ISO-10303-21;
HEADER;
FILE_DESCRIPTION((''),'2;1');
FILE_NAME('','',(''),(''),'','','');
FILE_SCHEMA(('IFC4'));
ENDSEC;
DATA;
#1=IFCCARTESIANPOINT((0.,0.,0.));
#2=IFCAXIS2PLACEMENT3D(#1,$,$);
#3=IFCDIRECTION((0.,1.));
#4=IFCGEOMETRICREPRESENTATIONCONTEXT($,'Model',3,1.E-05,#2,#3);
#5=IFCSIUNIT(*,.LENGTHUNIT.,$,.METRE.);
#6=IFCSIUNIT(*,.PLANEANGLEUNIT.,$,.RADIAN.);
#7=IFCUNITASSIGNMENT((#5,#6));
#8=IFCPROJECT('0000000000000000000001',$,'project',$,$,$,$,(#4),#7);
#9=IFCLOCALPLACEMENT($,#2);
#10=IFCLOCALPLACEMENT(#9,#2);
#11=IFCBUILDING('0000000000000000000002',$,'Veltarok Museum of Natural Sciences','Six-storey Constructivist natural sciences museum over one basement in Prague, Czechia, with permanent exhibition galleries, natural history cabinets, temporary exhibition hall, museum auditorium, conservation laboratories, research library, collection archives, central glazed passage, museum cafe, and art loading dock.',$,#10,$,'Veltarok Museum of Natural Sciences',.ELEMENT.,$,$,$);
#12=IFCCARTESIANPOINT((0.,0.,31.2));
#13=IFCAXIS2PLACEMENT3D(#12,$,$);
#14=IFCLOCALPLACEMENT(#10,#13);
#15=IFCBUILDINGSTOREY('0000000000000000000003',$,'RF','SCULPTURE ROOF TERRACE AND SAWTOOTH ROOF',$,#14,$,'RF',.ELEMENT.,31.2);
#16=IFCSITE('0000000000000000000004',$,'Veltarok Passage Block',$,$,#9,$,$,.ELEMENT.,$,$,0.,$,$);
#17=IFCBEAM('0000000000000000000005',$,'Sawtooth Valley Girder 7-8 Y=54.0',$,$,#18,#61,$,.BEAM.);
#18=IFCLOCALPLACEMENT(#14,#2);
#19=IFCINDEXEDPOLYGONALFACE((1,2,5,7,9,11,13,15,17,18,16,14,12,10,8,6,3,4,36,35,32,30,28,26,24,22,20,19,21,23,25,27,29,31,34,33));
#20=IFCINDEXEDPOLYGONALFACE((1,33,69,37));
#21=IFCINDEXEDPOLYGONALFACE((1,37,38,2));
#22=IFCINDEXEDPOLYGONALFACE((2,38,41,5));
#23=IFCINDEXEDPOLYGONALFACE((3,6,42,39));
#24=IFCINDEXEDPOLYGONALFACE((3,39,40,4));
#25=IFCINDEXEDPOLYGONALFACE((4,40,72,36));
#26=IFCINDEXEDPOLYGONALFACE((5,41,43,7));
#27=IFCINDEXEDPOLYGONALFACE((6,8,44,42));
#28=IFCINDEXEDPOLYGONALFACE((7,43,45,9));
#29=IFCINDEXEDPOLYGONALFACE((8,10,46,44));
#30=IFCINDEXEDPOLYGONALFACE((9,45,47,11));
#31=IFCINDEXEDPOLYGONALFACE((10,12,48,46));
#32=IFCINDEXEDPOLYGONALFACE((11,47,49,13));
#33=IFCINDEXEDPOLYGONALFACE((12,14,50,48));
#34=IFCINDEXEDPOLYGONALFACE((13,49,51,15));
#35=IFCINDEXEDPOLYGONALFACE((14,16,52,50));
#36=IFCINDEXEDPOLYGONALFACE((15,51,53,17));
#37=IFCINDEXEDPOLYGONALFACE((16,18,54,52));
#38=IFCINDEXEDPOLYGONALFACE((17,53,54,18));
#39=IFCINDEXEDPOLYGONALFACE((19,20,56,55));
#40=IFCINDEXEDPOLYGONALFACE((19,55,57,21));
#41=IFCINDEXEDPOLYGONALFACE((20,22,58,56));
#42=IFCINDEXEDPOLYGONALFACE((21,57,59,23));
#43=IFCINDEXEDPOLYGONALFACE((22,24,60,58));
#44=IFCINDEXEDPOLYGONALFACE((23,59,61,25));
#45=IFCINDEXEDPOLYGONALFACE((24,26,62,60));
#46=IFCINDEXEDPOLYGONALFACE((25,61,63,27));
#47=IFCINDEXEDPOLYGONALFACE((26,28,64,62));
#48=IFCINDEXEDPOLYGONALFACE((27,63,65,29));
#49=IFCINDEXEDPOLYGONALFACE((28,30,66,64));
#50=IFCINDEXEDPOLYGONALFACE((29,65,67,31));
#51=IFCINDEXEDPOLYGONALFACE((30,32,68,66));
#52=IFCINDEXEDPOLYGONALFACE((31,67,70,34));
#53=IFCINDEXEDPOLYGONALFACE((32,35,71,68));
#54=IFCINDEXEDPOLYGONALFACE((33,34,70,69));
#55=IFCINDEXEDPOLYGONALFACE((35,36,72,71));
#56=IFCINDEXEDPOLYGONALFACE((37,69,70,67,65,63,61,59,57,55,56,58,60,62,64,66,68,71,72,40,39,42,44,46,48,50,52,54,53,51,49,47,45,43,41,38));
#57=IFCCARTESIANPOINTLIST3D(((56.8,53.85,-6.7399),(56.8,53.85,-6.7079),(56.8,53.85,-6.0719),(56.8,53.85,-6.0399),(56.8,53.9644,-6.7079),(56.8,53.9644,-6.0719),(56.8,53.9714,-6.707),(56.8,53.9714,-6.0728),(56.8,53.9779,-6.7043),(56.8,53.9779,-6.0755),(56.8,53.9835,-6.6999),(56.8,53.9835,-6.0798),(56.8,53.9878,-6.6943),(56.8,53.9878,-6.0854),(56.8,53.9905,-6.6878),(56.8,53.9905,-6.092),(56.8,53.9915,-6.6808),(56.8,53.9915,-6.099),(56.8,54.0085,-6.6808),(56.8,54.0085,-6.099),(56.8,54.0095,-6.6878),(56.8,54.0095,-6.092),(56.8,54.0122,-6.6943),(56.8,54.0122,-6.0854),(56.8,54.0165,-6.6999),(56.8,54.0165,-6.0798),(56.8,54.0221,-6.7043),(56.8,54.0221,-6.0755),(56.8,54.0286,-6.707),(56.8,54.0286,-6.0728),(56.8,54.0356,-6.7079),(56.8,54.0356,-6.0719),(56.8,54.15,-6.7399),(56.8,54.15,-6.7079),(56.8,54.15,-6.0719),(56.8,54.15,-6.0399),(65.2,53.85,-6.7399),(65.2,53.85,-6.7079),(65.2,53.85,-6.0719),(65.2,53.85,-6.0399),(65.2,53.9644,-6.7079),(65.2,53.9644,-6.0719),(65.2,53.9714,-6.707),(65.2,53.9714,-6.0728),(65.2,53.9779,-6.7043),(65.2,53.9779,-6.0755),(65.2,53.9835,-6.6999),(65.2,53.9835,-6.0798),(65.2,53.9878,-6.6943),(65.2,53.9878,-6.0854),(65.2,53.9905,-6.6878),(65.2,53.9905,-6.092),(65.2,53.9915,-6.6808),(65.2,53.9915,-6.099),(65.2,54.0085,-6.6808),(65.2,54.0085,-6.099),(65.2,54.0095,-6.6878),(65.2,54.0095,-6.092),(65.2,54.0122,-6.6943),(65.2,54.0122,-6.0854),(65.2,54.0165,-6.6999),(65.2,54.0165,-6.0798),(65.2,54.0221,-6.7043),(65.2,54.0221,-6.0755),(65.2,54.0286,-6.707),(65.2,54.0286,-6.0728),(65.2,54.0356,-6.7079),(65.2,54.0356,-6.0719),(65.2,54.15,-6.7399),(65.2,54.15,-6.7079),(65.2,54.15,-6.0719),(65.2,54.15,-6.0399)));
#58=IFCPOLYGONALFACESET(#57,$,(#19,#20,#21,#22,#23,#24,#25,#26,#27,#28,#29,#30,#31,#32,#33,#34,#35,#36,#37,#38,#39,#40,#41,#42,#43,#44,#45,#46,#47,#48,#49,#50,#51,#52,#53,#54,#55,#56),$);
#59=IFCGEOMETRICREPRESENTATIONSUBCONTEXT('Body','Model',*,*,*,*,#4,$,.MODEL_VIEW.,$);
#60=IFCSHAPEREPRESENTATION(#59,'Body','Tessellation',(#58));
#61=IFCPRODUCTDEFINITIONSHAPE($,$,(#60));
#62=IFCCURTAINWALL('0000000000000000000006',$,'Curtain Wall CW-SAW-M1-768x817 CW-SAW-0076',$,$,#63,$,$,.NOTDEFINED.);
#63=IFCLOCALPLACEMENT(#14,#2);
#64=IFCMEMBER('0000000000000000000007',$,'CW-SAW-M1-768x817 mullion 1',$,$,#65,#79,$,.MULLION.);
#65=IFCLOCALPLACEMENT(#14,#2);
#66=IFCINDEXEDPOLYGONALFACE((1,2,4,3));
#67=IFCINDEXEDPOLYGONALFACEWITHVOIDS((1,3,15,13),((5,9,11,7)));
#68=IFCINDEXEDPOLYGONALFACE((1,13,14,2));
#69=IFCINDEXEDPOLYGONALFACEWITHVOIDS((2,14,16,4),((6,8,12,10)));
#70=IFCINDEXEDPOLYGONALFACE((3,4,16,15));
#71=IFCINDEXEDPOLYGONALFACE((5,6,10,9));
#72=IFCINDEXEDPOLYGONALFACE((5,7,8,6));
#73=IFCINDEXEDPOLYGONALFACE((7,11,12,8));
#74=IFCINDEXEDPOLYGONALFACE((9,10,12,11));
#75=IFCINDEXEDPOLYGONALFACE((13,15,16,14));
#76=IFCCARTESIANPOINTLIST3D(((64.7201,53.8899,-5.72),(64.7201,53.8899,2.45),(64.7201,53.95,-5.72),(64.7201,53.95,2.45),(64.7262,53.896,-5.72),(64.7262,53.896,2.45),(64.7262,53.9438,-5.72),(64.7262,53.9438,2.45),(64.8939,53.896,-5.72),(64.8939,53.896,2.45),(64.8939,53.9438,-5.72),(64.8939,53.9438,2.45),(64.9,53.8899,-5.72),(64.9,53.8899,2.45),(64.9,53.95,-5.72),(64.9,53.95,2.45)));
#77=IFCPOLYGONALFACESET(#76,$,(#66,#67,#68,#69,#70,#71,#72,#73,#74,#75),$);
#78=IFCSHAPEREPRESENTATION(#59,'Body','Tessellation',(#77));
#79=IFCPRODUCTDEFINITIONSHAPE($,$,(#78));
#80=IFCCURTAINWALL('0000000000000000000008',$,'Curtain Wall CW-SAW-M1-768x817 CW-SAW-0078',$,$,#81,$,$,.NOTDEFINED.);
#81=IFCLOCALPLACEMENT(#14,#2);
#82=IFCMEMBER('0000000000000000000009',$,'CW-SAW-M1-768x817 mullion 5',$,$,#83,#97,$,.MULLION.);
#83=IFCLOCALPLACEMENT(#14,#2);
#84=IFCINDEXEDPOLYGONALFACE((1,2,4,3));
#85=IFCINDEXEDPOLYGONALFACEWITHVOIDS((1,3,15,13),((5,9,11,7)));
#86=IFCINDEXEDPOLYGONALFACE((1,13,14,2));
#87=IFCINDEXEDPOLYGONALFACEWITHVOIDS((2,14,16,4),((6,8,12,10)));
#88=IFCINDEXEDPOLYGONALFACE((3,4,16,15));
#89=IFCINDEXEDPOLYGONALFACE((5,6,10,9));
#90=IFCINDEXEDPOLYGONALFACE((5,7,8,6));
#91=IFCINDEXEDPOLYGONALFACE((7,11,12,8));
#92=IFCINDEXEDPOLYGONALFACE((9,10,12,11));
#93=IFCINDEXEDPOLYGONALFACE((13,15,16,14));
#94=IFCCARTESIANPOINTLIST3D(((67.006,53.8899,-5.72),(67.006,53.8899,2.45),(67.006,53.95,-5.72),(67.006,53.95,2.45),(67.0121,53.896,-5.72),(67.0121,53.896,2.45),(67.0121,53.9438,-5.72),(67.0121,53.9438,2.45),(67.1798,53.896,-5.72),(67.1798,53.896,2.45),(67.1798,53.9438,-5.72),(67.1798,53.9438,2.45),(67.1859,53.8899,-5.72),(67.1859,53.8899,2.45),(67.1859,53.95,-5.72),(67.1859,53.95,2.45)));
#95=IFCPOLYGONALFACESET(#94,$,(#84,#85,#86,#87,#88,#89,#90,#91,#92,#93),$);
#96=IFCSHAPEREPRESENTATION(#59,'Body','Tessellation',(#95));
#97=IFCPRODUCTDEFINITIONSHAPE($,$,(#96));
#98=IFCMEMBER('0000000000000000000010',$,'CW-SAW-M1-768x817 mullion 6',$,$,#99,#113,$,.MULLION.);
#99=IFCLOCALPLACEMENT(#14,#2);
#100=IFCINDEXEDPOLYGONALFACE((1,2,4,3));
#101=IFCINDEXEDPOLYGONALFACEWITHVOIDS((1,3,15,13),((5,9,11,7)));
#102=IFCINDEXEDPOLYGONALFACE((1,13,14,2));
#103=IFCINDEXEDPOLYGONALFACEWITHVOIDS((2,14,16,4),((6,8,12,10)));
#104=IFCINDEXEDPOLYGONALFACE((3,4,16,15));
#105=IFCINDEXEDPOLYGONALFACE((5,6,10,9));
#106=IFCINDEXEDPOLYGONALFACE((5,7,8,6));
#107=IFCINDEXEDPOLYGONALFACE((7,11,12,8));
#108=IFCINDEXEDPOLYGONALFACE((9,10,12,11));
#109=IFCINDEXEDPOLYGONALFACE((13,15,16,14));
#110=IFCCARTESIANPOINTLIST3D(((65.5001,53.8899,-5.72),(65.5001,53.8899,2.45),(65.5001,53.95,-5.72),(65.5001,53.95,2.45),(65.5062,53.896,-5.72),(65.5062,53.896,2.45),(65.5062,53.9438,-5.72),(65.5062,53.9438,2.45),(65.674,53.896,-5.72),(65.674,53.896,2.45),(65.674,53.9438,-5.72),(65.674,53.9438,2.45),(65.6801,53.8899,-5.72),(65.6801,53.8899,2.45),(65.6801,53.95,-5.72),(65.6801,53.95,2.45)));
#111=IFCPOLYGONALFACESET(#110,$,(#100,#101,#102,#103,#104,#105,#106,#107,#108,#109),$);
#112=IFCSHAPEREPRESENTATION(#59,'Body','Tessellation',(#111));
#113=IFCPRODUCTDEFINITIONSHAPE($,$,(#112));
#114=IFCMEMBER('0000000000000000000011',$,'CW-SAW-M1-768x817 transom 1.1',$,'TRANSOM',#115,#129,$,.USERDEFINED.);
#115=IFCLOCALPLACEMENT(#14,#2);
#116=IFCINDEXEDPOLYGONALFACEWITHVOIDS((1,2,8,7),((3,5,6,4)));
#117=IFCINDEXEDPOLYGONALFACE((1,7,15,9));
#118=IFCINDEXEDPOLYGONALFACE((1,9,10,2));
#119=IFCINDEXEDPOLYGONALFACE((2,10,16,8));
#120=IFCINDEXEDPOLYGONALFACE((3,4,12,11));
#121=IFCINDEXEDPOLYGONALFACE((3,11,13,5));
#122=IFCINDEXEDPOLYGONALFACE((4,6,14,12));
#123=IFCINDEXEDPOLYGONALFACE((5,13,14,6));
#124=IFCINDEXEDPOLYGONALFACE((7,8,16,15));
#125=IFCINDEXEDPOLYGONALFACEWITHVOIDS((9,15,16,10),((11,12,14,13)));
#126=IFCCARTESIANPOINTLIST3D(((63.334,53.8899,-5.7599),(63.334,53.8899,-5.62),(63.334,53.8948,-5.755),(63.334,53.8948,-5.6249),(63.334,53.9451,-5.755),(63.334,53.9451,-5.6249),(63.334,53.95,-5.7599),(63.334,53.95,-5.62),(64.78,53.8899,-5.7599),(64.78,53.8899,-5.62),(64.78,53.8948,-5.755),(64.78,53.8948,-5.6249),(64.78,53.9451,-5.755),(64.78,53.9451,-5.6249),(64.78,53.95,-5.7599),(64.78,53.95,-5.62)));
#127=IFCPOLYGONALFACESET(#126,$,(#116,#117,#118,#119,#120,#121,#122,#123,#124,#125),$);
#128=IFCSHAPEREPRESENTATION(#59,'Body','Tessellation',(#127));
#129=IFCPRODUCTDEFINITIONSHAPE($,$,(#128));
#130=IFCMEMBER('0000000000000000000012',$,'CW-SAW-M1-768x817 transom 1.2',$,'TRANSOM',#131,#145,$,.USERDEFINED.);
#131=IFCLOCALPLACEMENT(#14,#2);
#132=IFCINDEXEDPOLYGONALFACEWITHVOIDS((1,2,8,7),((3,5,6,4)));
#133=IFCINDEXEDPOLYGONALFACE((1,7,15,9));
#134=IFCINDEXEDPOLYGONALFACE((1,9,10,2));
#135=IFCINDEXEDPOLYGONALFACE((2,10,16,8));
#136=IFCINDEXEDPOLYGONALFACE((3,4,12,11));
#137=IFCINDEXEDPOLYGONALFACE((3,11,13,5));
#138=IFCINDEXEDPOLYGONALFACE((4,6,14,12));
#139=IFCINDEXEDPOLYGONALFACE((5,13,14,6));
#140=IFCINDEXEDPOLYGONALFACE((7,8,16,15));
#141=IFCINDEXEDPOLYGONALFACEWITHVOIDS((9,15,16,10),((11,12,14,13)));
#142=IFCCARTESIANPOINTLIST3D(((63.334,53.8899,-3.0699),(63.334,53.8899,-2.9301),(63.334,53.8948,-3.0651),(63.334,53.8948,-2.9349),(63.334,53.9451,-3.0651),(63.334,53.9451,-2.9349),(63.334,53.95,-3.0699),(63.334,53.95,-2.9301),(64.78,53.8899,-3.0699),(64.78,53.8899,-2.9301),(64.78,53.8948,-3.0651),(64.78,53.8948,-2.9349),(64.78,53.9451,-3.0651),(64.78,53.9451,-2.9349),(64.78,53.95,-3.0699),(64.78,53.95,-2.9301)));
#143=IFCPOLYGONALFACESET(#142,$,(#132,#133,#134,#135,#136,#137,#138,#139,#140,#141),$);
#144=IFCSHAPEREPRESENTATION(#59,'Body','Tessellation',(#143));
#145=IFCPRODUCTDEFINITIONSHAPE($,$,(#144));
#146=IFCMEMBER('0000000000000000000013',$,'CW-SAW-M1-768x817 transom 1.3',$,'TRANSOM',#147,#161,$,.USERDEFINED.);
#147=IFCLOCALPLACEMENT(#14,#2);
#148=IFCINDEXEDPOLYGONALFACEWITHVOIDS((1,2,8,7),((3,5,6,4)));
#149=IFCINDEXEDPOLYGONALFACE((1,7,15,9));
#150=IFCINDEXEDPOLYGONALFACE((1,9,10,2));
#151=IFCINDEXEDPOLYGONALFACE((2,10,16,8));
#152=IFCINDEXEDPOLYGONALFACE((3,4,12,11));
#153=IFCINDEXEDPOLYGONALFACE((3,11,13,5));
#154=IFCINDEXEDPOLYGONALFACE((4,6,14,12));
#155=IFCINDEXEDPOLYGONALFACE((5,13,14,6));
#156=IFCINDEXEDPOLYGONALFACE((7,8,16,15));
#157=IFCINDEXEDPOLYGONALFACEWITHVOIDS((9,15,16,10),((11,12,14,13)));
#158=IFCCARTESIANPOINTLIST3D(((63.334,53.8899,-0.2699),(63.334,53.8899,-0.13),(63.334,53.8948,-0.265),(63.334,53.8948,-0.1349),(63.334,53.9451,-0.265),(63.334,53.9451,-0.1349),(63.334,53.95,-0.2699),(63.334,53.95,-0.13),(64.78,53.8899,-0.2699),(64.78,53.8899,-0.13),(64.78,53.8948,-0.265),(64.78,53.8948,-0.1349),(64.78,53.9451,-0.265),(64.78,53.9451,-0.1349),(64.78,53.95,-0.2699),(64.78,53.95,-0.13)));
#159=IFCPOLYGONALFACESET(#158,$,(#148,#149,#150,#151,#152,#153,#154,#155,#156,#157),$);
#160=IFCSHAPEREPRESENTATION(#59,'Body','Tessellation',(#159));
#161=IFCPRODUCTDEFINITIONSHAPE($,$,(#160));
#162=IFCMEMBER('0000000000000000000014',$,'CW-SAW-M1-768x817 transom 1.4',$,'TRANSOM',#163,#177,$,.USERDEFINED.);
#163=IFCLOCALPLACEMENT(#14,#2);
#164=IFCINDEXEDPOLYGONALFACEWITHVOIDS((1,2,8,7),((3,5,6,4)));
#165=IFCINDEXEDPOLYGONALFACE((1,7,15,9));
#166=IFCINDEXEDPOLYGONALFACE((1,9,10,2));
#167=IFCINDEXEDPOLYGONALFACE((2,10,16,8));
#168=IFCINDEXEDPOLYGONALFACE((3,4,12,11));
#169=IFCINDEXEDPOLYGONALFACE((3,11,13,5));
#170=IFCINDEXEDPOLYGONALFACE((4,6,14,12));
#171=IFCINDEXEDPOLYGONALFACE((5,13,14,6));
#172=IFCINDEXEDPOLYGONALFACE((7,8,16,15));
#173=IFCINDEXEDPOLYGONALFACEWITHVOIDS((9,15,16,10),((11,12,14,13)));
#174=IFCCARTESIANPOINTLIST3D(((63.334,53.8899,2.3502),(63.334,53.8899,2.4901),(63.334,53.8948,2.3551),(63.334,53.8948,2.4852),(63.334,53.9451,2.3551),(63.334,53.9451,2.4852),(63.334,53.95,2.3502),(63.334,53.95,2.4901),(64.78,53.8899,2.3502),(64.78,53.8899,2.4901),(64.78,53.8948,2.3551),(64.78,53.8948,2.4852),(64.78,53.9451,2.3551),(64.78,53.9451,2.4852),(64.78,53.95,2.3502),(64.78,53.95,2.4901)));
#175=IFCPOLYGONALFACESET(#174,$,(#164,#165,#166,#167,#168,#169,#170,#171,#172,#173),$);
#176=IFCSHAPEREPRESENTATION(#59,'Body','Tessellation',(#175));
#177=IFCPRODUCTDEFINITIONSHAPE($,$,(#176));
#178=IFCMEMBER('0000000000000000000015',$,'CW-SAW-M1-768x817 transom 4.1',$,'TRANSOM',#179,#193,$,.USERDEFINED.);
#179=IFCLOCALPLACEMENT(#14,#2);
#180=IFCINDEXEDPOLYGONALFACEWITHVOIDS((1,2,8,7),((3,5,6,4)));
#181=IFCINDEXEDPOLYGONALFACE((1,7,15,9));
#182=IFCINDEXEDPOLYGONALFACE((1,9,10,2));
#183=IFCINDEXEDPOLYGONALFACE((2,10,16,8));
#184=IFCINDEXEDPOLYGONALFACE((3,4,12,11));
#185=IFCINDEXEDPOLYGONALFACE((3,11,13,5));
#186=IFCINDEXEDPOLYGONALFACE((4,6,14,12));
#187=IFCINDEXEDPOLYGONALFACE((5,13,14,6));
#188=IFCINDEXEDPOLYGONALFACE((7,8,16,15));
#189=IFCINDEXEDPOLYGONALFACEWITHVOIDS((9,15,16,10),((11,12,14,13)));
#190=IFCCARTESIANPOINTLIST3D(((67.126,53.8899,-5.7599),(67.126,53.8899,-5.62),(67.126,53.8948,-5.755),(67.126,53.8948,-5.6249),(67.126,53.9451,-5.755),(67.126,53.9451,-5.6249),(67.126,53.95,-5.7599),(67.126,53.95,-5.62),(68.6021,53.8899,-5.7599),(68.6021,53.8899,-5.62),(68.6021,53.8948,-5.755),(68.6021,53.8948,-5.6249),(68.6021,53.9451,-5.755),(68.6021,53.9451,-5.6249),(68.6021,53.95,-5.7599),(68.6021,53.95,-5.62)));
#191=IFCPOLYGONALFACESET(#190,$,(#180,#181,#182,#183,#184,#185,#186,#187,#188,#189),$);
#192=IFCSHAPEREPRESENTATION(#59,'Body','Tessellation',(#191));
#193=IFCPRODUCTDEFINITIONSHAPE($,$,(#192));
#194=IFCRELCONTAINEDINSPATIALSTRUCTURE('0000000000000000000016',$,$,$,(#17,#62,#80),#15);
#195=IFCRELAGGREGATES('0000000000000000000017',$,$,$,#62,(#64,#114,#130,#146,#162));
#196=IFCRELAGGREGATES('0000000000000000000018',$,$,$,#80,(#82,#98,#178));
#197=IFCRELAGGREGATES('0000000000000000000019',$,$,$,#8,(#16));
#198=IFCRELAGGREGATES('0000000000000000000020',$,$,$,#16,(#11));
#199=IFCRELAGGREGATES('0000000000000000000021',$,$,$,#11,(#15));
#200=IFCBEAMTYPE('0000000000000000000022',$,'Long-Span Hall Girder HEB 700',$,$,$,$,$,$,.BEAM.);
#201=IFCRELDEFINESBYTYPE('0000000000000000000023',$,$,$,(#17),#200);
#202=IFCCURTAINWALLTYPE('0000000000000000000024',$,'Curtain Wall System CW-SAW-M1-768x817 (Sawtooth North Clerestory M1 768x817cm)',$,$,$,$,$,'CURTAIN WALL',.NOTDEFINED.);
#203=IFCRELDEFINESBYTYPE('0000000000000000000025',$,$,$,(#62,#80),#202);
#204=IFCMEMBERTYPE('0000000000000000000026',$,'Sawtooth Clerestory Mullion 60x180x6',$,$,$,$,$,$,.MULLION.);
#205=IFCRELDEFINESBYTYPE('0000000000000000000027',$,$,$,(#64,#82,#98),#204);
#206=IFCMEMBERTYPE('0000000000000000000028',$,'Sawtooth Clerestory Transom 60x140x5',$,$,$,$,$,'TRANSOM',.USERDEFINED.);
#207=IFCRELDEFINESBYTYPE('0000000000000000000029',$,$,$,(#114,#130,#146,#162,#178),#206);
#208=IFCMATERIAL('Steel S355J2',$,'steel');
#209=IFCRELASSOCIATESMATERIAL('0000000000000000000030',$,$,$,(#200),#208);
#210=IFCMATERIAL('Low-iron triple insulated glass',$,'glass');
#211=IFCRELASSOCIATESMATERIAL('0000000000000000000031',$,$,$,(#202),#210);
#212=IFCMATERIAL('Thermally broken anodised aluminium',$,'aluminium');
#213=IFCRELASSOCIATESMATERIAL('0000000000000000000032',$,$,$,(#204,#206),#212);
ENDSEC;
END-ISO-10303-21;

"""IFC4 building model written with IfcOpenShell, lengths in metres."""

from ifc_helpers import new_model, si_unit, direction, frame, origin, origin_2d, place, context, subcontext, project, spatial, hollow_rectangle, i_section, extrude, material, material_profile, profile_set, type_object, element, aggregate, save


model = new_model("IFC4")

# Units and contexts
model_context = context("Model", 3, precision=1e-05, world=origin(), true_north=direction((0.0, 1.0)))
body_context = subcontext(model_context, "Body", "Model", "MODEL_VIEW")
ifc_project = project(units=[si_unit("LENGTHUNIT", "METRE"), si_unit("PLANEANGLEUNIT", "RADIAN")], contexts=[model_context])

# Site, building, storey
site_placement = place(None, origin())
site = spatial("IfcSite", under=ifc_project, at=site_placement, Name="Veltarok Passage Block", CompositionType="ELEMENT", RefElevation=0.0)
building_placement = place(site_placement, origin())
building = spatial("IfcBuilding", under=site, at=building_placement, Name="Veltarok Museum of Natural Sciences", Description="Six-storey Constructivist natural sciences museum over one basement in Prague, Czechia, with permanent exhibition galleries, natural history cabinets, temporary exhibition hall, museum auditorium, conservation laboratories, research library, collection archives, central glazed passage, museum cafe, and art loading dock.", LongName="Veltarok Museum of Natural Sciences", CompositionType="ELEMENT")
storey_placement = place(building_placement, frame((0.0, 0.0, 31.2)))
storey = spatial("IfcBuildingStorey", under=building, at=storey_placement, Name="RF", Description="SCULPTURE ROOF TERRACE AND SAWTOOTH ROOF", LongName="RF", CompositionType="ELEMENT", Elevation=31.2)

# Beam
ifc_material_1 = material(Name="Steel S355J2", Category="steel")
ifc_material_profile_1 = material_profile(ifc_material_1, i_section(OverallWidth=0.3, OverallDepth=0.7, WebThickness=0.0171, FlangeThickness=0.032, FilletRadius=0.0271, at=origin_2d()), Name="HEB 700")
ifc_profile_set_1 = profile_set([ifc_material_profile_1], Name="Steel S355J2")
beam_type = type_object("IfcBeamType", Name="Long-Span Hall Girder HEB 700", PredefinedType="BEAM", material=ifc_profile_set_1)
beam_placement = place(storey_placement, frame((56.8, 54.0, -6.3899), z_axis=(1.0, 0.0, 0.0), x_axis=(0.0, 1.0, 0.0)))
element("IfcBeam", 1, at=beam_placement, inside=storey, type_object=beam_type, Name="Sawtooth Valley Girder 7-8 Y=54.0", PredefinedType="BEAM", context=body_context, shape_type="SweptSolid", body=[
    extrude(i_section(OverallWidth=0.3, OverallDepth=0.7, WebThickness=0.0171, FlangeThickness=0.032, FilletRadius=0.0271, at=origin_2d()), origin(), (0.0, 0.0, 1.0), 8.3999),
])

# Curtain wall, member
ifc_material_2 = material(Name="Low-iron triple insulated glass", Category="glass")
curtain_wall_type = type_object("IfcCurtainWallType", Name="Curtain Wall System CW-SAW-M1-768x817 (Sawtooth North Clerestory M1 768x817cm)", ElementType="CURTAIN WALL", PredefinedType="NOTDEFINED", material=ifc_material_2)
curtain_wall_1_placement = place(storey_placement, origin())
curtain_wall_1 = element("IfcCurtainWall", 2, at=curtain_wall_1_placement, inside=storey, type_object=curtain_wall_type, Name="Curtain Wall CW-SAW-M1-768x817 CW-SAW-0076", PredefinedType="NOTDEFINED")
ifc_material_3 = material(Name="Thermally broken anodised aluminium", Category="aluminium")
ifc_material_profile_2 = material_profile(ifc_material_3, hollow_rectangle(XDim=0.0601, YDim=0.1799, WallThickness=0.0061, at=origin_2d()), Name="CW MULLION 60x180x6")
ifc_profile_set_2 = profile_set([ifc_material_profile_2], Name="Thermally broken anodised aluminium")
member_type_1 = type_object("IfcMemberType", Name="Sawtooth Clerestory Mullion 60x180x6", PredefinedType="MULLION", material=ifc_profile_set_2)
member_1_placement = place(storey_placement, frame((64.8101, 53.9199, -5.72), z_axis=(0.0, 0.0, 1.0), x_axis=(0.0, -1.0, 0.0)))
member_1 = element("IfcMember", 3, at=member_1_placement, type_object=member_type_1, Name="CW-SAW-M1-768x817 mullion 1", PredefinedType="MULLION", context=body_context, shape_type="SweptSolid", body=[
    extrude(hollow_rectangle(XDim=0.0601, YDim=0.1799, WallThickness=0.0061, at=origin_2d()), origin(), (0.0, 0.0, 1.0), 8.1699),
])

# Curtain wall, members
curtain_wall_2_placement = place(storey_placement, origin())
curtain_wall_2 = element("IfcCurtainWall", 4, at=curtain_wall_2_placement, inside=storey, type_object=curtain_wall_type, Name="Curtain Wall CW-SAW-M1-768x817 CW-SAW-0078", PredefinedType="NOTDEFINED")
member_2_placement = place(storey_placement, frame((67.0959, 53.9199, -5.72), z_axis=(0.0, 0.0, 1.0), x_axis=(0.0, -1.0, 0.0)))
member_2 = element("IfcMember", 5, at=member_2_placement, type_object=member_type_1, Name="CW-SAW-M1-768x817 mullion 5", PredefinedType="MULLION", context=body_context, shape_type="SweptSolid", body=[
    extrude(hollow_rectangle(XDim=0.0601, YDim=0.1799, WallThickness=0.0061, at=origin_2d()), origin(), (0.0, 0.0, 1.0), 8.1699),
])
member_3_placement = place(storey_placement, frame((65.5901, 53.9199, -5.72), z_axis=(0.0, 0.0, 1.0), x_axis=(0.0, -1.0, 0.0)))
member_3 = element("IfcMember", 6, at=member_3_placement, type_object=member_type_1, Name="CW-SAW-M1-768x817 mullion 6", PredefinedType="MULLION", context=body_context, shape_type="SweptSolid", body=[
    extrude(hollow_rectangle(XDim=0.0601, YDim=0.1799, WallThickness=0.0061, at=origin_2d()), origin(), (0.0, 0.0, 1.0), 8.1699),
])

# Members
ifc_material_profile_3 = material_profile(ifc_material_3, hollow_rectangle(XDim=0.0601, YDim=0.1399, WallThickness=0.0049, at=origin_2d()), Name="CW TRANSOM 60x140x5")
ifc_profile_set_3 = profile_set([ifc_material_profile_3], Name="Thermally broken anodised aluminium")
member_type_2 = type_object("IfcMemberType", Name="Sawtooth Clerestory Transom 60x140x5", ElementType="TRANSOM", PredefinedType="USERDEFINED", material=ifc_profile_set_3)
member_4_placement = place(storey_placement, frame((64.78, 53.9199, -5.6899), z_axis=(-1.0, 0.0, 0.0), x_axis=(0.0, -1.0, 0.0)))
member_4 = element("IfcMember", 7, at=member_4_placement, type_object=member_type_2, Name="CW-SAW-M1-768x817 transom 1.1", ObjectType="TRANSOM", PredefinedType="USERDEFINED", context=body_context, shape_type="SweptSolid", body=[
    extrude(hollow_rectangle(XDim=0.0601, YDim=0.1399, WallThickness=0.0049, at=origin_2d()), origin(), (0.0, 0.0, 1.0), 1.446),
])
member_5_placement = place(storey_placement, frame((64.78, 53.9199, -3.0), z_axis=(-1.0, 0.0, 0.0), x_axis=(0.0, -1.0, 0.0)))
member_5 = element("IfcMember", 8, at=member_5_placement, type_object=member_type_2, Name="CW-SAW-M1-768x817 transom 1.2", ObjectType="TRANSOM", PredefinedType="USERDEFINED", context=body_context, shape_type="SweptSolid", body=[
    extrude(hollow_rectangle(XDim=0.0601, YDim=0.1399, WallThickness=0.0049, at=origin_2d()), origin(), (0.0, 0.0, 1.0), 1.446),
])
member_6_placement = place(storey_placement, frame((64.78, 53.9199, -0.2), z_axis=(-1.0, 0.0, 0.0), x_axis=(0.0, -1.0, 0.0)))
member_6 = element("IfcMember", 9, at=member_6_placement, type_object=member_type_2, Name="CW-SAW-M1-768x817 transom 1.3", ObjectType="TRANSOM", PredefinedType="USERDEFINED", context=body_context, shape_type="SweptSolid", body=[
    extrude(hollow_rectangle(XDim=0.0601, YDim=0.1399, WallThickness=0.0049, at=origin_2d()), origin(), (0.0, 0.0, 1.0), 1.446),
])
member_7_placement = place(storey_placement, frame((64.78, 53.9199, 2.4202), z_axis=(-1.0, 0.0, 0.0), x_axis=(0.0, -1.0, 0.0)))
member_7 = element("IfcMember", 10, at=member_7_placement, type_object=member_type_2, Name="CW-SAW-M1-768x817 transom 1.4", ObjectType="TRANSOM", PredefinedType="USERDEFINED", context=body_context, shape_type="SweptSolid", body=[
    extrude(hollow_rectangle(XDim=0.0601, YDim=0.1399, WallThickness=0.0049, at=origin_2d()), origin(), (0.0, 0.0, 1.0), 1.446),
])
member_8_placement = place(storey_placement, frame((68.6021, 53.9199, -5.6899), z_axis=(-1.0, 0.0, 0.0), x_axis=(0.0, -1.0, 0.0)))
member_8 = element("IfcMember", 11, at=member_8_placement, type_object=member_type_2, Name="CW-SAW-M1-768x817 transom 4.1", ObjectType="TRANSOM", PredefinedType="USERDEFINED", context=body_context, shape_type="SweptSolid", body=[
    extrude(hollow_rectangle(XDim=0.0601, YDim=0.1399, WallThickness=0.0049, at=origin_2d()), origin(), (0.0, 0.0, 1.0), 1.4761),
])

aggregate(curtain_wall_1, [member_1, member_4, member_5, member_6, member_7])
aggregate(curtain_wall_2, [member_2, member_3, member_8])

save(model, "model.ifc")
